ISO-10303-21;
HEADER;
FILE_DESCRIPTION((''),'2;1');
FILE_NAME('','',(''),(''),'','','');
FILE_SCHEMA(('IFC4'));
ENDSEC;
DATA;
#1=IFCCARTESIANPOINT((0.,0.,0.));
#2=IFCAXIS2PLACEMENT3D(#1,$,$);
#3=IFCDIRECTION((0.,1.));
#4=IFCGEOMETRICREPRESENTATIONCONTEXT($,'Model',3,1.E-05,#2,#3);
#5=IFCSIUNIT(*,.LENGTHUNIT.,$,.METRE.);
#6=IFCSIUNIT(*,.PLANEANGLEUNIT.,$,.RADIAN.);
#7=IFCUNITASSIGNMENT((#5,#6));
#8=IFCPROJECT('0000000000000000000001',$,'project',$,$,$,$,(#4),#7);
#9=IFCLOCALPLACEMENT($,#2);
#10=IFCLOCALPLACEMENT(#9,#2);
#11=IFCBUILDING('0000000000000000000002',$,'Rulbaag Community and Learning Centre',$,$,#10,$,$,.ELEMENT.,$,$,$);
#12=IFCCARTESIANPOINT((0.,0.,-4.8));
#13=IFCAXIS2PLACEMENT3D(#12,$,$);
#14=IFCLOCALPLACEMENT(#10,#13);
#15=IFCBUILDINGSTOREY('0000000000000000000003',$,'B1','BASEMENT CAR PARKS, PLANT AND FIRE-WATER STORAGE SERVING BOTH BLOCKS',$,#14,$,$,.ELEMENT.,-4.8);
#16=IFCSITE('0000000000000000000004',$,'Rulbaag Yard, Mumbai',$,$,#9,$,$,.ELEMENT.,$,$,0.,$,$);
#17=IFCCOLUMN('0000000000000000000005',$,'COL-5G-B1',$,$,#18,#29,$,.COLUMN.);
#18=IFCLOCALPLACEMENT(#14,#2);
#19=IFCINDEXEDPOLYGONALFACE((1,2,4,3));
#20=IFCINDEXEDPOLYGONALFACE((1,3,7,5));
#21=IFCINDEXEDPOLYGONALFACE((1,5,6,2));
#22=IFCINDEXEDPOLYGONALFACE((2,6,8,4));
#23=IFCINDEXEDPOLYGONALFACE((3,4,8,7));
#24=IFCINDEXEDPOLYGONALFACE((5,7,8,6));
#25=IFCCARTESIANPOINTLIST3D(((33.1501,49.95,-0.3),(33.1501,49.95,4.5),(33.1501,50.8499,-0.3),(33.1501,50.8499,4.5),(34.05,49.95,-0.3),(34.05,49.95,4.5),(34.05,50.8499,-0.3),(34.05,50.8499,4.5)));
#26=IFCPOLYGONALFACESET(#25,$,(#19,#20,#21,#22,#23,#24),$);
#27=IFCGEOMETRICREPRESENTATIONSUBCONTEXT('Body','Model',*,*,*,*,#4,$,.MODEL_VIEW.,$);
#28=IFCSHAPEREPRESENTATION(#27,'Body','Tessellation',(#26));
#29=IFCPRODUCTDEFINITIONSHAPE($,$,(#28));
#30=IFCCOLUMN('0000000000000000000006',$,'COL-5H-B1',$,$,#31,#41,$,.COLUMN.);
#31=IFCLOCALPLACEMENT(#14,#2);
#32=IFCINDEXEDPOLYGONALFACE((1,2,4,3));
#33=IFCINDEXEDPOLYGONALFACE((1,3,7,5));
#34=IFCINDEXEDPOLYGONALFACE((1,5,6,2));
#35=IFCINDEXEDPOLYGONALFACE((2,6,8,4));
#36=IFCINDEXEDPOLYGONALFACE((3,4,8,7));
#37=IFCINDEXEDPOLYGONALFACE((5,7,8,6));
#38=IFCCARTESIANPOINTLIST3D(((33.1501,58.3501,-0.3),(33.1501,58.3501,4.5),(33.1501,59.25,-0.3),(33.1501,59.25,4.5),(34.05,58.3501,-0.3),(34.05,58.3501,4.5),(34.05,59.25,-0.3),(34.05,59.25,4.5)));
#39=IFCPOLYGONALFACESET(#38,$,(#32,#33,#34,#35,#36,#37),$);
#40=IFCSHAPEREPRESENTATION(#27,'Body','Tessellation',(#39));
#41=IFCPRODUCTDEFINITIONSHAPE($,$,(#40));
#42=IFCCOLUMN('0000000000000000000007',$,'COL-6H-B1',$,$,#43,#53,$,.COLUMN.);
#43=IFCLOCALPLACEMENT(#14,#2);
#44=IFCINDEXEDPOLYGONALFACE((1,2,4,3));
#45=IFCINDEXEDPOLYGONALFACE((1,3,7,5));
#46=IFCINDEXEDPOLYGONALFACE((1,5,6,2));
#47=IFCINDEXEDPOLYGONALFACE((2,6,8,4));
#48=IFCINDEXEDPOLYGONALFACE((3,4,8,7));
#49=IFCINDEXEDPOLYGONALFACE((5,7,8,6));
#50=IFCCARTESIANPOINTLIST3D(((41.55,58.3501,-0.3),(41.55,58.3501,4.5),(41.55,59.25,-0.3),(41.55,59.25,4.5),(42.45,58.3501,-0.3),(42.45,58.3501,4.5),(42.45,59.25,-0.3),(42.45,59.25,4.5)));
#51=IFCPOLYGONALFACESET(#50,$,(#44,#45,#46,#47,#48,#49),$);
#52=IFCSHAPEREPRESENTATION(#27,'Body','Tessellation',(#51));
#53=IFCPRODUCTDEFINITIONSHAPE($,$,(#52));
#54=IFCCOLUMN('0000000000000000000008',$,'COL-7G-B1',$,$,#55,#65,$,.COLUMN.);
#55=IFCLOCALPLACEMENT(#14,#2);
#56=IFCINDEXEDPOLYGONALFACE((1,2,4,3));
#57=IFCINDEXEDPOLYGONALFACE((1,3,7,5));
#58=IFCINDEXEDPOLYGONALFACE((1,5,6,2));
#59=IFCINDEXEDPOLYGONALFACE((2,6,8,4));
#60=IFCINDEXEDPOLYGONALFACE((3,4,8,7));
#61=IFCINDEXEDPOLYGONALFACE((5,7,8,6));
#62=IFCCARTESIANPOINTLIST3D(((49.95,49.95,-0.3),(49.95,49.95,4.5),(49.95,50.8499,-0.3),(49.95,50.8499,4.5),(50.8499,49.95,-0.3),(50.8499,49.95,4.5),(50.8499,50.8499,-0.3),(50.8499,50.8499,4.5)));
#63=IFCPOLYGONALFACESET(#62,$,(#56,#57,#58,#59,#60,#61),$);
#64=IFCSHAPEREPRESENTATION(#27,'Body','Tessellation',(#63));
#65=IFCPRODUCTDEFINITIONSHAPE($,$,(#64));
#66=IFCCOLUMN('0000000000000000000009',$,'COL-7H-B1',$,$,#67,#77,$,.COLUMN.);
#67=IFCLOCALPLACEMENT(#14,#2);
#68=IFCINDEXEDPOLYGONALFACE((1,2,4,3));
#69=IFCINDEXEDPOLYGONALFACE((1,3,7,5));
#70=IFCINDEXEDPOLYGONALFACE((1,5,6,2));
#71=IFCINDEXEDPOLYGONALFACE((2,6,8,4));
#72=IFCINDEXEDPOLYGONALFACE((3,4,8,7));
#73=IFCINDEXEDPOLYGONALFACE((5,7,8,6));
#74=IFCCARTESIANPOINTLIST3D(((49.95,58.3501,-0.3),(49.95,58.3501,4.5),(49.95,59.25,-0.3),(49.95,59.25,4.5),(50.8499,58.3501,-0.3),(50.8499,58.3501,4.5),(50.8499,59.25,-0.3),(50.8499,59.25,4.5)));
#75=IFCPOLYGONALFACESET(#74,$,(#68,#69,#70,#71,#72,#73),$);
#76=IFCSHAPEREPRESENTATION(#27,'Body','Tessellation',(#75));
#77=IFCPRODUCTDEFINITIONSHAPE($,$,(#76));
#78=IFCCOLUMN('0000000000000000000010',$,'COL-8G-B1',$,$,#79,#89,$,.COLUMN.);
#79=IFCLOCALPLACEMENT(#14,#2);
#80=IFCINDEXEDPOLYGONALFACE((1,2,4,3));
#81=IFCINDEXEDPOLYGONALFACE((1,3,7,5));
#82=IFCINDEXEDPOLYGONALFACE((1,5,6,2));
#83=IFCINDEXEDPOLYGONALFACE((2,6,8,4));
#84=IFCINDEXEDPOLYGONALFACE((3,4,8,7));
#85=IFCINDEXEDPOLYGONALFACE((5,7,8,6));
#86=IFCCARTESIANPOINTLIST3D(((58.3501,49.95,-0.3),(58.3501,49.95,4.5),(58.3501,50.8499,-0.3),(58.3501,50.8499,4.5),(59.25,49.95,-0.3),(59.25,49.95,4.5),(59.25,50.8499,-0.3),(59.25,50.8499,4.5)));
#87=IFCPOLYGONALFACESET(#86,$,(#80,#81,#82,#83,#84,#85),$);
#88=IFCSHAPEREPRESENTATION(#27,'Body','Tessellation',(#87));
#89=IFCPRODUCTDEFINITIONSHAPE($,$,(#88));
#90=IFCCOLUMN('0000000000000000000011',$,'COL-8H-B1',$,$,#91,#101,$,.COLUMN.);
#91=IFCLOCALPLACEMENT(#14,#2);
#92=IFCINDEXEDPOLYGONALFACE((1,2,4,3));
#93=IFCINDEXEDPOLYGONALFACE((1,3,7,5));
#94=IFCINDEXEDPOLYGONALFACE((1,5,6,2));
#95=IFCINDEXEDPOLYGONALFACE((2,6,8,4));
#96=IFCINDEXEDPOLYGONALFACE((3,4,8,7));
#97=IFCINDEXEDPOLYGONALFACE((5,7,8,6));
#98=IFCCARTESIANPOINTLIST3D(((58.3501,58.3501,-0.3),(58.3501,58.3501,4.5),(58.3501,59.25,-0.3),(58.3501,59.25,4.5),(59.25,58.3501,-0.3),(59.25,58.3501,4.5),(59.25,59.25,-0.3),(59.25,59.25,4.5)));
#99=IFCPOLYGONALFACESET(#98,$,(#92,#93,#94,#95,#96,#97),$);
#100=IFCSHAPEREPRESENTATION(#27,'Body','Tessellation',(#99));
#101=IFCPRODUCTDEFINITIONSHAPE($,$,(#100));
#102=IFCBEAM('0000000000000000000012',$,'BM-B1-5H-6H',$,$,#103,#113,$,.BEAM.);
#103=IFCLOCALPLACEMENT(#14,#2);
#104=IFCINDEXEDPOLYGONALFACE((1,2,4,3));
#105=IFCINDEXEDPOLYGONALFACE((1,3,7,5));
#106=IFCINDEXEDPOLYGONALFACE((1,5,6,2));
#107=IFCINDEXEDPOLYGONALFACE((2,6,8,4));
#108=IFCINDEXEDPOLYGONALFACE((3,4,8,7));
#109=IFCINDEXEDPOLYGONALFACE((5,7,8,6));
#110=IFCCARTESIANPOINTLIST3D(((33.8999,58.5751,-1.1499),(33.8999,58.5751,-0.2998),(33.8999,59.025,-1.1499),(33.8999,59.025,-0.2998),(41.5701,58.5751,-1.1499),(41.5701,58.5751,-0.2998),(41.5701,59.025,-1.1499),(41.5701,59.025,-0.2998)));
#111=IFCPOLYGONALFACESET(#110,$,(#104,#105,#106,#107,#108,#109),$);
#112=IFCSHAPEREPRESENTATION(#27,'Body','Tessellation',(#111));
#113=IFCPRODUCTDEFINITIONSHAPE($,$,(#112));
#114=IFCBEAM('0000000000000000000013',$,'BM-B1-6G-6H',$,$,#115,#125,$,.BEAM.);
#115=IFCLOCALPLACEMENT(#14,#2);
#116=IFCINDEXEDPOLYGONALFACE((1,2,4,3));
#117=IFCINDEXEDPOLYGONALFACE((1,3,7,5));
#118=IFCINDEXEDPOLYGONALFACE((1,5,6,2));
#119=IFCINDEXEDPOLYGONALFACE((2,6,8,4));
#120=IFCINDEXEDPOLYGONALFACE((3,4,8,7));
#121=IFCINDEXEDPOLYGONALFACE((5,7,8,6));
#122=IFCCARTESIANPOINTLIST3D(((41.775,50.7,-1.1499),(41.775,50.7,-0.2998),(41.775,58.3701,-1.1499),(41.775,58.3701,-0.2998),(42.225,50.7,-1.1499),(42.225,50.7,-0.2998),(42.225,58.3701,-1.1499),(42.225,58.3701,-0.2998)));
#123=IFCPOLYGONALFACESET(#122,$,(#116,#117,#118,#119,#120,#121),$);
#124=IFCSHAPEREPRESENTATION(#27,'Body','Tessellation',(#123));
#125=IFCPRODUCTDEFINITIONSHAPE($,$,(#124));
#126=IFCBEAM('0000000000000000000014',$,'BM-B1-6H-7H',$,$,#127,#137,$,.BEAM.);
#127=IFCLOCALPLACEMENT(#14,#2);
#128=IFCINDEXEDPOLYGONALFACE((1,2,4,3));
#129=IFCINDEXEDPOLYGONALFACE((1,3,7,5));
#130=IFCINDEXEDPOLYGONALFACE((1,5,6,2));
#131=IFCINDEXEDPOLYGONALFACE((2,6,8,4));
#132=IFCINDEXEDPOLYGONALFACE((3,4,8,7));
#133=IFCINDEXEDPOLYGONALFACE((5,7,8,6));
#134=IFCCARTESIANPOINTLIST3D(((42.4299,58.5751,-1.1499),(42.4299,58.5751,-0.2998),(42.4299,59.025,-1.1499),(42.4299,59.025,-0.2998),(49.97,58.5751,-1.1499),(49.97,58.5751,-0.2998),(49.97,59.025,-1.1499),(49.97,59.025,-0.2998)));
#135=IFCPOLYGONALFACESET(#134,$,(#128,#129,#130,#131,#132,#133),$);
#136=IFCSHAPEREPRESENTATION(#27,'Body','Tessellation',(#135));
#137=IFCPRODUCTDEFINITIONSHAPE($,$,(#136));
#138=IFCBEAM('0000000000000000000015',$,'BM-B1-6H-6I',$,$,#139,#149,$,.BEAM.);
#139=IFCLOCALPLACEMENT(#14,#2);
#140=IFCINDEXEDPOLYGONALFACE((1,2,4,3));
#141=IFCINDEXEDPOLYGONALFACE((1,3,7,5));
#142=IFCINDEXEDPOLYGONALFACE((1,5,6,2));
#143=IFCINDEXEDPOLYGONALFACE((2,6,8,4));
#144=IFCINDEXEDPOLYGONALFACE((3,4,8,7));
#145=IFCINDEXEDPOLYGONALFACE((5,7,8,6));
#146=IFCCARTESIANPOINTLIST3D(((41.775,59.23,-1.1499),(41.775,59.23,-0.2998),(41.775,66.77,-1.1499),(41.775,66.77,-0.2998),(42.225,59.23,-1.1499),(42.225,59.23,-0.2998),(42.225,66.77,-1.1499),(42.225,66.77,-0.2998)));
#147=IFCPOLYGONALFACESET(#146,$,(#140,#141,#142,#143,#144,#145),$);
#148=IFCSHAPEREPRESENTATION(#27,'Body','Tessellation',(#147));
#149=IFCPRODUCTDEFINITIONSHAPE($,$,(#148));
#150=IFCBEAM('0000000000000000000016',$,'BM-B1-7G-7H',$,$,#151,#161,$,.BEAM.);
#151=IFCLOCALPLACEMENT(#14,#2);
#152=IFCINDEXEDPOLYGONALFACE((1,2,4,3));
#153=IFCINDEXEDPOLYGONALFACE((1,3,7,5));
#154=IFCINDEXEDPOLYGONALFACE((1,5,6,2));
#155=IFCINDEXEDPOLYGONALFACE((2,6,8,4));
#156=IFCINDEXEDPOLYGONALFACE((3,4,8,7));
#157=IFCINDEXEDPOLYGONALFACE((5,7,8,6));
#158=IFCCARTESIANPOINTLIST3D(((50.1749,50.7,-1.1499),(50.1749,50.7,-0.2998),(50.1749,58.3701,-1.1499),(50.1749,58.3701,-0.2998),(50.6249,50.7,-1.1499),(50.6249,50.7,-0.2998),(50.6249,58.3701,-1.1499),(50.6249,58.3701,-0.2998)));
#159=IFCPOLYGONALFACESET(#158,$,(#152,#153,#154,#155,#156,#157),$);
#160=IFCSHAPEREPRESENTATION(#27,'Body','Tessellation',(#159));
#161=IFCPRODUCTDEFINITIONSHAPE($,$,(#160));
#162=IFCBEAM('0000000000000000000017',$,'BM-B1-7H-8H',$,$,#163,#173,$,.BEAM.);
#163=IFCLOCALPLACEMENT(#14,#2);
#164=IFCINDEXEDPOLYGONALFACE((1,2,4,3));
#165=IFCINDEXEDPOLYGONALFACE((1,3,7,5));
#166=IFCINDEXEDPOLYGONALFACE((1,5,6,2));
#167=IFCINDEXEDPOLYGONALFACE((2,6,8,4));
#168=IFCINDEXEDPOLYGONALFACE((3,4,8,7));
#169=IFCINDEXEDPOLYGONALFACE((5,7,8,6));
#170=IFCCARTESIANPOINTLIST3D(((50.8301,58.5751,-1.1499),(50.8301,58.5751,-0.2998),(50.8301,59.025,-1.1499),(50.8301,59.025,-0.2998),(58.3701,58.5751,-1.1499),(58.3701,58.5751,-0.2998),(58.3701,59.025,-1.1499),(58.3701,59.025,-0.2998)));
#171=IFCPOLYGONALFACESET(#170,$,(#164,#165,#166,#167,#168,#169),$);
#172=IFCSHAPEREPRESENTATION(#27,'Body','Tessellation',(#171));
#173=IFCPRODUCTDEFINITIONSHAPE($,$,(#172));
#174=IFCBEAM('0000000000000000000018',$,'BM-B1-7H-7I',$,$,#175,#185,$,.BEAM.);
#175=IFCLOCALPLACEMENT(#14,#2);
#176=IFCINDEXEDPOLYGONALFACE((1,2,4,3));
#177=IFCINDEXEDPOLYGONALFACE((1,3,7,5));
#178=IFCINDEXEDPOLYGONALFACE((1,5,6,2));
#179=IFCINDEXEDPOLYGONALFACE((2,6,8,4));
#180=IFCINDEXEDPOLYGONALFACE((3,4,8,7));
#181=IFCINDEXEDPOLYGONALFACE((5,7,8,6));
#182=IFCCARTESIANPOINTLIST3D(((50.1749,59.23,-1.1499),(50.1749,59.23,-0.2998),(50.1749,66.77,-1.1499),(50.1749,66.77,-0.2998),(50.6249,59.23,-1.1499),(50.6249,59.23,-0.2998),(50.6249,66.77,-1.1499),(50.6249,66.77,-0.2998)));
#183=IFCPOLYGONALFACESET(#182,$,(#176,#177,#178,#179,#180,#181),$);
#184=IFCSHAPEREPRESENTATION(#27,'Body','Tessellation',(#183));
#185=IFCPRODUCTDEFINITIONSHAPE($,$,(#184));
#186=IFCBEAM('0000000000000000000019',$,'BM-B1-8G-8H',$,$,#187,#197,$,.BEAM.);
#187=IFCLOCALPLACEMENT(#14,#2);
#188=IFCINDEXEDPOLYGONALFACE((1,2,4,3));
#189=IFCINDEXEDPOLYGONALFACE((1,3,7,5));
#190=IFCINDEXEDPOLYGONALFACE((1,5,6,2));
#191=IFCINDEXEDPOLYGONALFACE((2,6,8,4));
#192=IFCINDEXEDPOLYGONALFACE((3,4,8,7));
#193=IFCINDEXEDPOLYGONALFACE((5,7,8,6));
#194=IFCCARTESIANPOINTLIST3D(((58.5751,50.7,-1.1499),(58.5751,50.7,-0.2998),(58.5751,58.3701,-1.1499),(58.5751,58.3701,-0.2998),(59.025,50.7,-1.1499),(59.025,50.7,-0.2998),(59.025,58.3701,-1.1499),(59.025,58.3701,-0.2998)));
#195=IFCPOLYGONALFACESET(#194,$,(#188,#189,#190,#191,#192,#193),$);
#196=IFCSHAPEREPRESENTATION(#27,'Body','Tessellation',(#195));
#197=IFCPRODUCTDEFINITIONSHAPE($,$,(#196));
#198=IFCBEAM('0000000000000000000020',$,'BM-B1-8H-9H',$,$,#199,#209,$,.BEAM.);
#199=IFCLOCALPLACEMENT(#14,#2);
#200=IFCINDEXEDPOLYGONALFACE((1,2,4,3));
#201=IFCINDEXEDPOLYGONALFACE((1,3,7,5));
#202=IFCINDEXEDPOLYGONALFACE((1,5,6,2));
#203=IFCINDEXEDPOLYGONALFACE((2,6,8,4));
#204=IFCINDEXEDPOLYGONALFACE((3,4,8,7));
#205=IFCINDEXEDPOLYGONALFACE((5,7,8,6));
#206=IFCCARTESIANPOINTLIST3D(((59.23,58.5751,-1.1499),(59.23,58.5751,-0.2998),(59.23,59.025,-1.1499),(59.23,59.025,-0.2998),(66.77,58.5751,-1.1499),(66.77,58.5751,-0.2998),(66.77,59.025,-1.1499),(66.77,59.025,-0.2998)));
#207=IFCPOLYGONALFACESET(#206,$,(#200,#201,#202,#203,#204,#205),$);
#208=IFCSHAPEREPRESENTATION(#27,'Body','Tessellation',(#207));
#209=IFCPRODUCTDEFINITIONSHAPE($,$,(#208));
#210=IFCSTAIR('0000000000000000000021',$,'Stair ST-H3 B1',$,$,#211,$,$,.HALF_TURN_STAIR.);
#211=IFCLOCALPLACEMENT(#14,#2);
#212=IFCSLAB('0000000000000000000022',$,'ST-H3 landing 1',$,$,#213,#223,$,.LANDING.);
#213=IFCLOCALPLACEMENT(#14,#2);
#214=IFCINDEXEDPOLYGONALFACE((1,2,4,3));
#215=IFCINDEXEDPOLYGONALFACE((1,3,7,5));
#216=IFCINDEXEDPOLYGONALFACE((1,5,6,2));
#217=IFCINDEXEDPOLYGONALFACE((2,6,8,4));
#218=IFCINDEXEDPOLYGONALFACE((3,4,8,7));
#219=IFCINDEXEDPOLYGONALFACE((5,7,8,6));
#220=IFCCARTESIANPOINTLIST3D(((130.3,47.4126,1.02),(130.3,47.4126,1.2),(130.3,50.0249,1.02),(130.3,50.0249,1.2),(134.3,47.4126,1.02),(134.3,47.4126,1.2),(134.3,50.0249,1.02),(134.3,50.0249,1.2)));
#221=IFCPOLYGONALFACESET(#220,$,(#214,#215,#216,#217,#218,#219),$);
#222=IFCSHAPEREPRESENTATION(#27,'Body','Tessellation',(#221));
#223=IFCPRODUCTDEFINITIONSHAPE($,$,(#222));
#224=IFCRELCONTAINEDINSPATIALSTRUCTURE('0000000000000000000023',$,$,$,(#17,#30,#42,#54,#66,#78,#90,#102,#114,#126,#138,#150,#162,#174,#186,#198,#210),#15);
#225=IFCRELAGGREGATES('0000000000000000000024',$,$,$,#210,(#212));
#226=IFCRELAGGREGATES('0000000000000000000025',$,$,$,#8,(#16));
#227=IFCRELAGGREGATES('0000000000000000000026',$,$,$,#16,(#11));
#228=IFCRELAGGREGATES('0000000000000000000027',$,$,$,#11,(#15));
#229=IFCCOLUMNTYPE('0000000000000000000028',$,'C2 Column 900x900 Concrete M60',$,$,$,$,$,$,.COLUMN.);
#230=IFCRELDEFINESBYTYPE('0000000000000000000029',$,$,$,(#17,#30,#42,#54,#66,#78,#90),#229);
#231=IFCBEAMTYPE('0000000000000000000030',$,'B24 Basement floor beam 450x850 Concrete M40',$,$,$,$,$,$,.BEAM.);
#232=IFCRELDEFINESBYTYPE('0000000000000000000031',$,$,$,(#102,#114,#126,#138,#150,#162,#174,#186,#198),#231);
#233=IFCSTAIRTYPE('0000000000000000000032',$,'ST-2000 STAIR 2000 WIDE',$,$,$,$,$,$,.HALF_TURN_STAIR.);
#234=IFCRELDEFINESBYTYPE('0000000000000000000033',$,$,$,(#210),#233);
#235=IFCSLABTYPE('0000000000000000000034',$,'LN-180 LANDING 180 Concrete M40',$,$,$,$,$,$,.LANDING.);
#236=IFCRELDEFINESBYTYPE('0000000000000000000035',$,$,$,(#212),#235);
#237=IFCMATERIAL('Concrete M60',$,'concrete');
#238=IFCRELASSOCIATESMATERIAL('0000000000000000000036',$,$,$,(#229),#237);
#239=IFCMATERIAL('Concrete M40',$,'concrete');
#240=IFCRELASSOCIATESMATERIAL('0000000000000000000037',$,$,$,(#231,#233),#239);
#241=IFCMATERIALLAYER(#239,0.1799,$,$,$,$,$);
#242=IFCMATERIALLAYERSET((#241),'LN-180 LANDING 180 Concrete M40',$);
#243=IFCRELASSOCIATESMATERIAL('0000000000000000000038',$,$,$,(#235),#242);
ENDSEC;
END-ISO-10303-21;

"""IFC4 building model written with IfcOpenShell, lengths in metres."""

from ifc_helpers import new_model, si_unit, direction, frame, origin, origin_2d, place, context, subcontext, project, spatial, polyline, rectangle, outline, extrude, material, layer, layer_set, material_profile, profile_set, type_object, element, aggregate, save


model = new_model("IFC4")

# Units and contexts
model_context = context("Model", 3, precision=1e-05, world=origin(), true_north=direction((0.0, 1.0)))
body_context = subcontext(model_context, "Body", "Model", "MODEL_VIEW")
ifc_project = project(units=[si_unit("LENGTHUNIT", "METRE"), si_unit("PLANEANGLEUNIT", "RADIAN")], contexts=[model_context])

# Site, building, storey
site_placement = place(None, origin())
site = spatial("IfcSite", under=ifc_project, at=site_placement, Name="Rulbaag Yard, Mumbai", CompositionType="ELEMENT", RefElevation=0.0)
building_placement = place(site_placement, origin())
building = spatial("IfcBuilding", under=site, at=building_placement, Name="Rulbaag Community and Learning Centre", CompositionType="ELEMENT")
storey_placement = place(building_placement, frame((0.0, 0.0, -4.8)))
storey = spatial("IfcBuildingStorey", under=building, at=storey_placement, Name="B1", Description="BASEMENT CAR PARKS, PLANT AND FIRE-WATER STORAGE SERVING BOTH BLOCKS", CompositionType="ELEMENT", Elevation=-4.8)

# Columns
ifc_material_1 = material(Name="Concrete M60", Category="concrete")
ifc_material_profile_1 = material_profile(ifc_material_1, rectangle(XDim=0.8999, YDim=0.8999, at=origin_2d()), Name="RC900x900")
ifc_profile_set_1 = profile_set([ifc_material_profile_1], Name="Concrete M60")
column_type = type_object("IfcColumnType", Name="C2 Column 900x900 Concrete M60", PredefinedType="COLUMN", material=ifc_profile_set_1)
for number, where, z_axis, x_axis, name in (
    (1, (33.6001, 50.3999, -0.3), (0.0, 0.0, 1.0), (1.0, 0.0, 0.0), "COL-5G-B1"),
    (2, (33.6001, 58.8, -0.3), (0.0, 0.0, 1.0), (1.0, 0.0, 0.0), "COL-5H-B1"),
    (3, (42.0, 58.8, -0.3), (0.0, 0.0, 1.0), (1.0, 0.0, 0.0), "COL-6H-B1"),
    (4, (50.3999, 50.3999, -0.3), (0.0, 0.0, 1.0), (1.0, 0.0, 0.0), "COL-7G-B1"),
    (5, (50.3999, 58.8, -0.3), (0.0, 0.0, 1.0), (1.0, 0.0, 0.0), "COL-7H-B1"),
    (6, (58.8, 50.3999, -0.3), (0.0, 0.0, 1.0), (1.0, 0.0, 0.0), "COL-8G-B1"),
    (7, (58.8, 58.8, -0.3), (0.0, 0.0, 1.0), (1.0, 0.0, 0.0), "COL-8H-B1"),
):
    element("IfcColumn", number, at=place(storey_placement, frame(where, z_axis=z_axis, x_axis=x_axis)), inside=storey, type_object=column_type, Name=name, PredefinedType="COLUMN", context=body_context, shape_type="SweptSolid", body=[
        extrude(rectangle(XDim=0.8999, YDim=0.8999, at=origin_2d()), origin(), (0.0, 0.0, 1.0), 4.8),
    ])

# Beams
ifc_material_2 = material(Name="Concrete M40", Category="concrete")
ifc_material_profile_2 = material_profile(ifc_material_2, rectangle(XDim=0.45, YDim=0.8501, at=origin_2d()), Name="RB450x850")
ifc_profile_set_2 = profile_set([ifc_material_profile_2], Name="Concrete M40")
beam_type = type_object("IfcBeamType", Name="B24 Basement floor beam 450x850 Concrete M40", PredefinedType="BEAM", material=ifc_profile_set_2)
for number, where, z_axis, x_axis, name in (
    (8, (33.8999, 58.8, -0.7249), (1.0, 0.0, 0.0), (0.0, 1.0, 0.0), "BM-B1-5H-6H"),
    (9, (42.0, 50.7, -0.7249), (0.0, 1.0, 0.0), (-1.0, 0.0, 0.0), "BM-B1-6G-6H"),
):
    element("IfcBeam", number, at=place(storey_placement, frame(where, z_axis=z_axis, x_axis=x_axis)), inside=storey, type_object=beam_type, Name=name, PredefinedType="BEAM", context=body_context, shape_type="SweptSolid", body=[
        extrude(rectangle(XDim=0.45, YDim=0.8501, at=origin_2d()), origin(), (0.0, 0.0, 1.0), 7.6702),
    ])
for number, where, z_axis, x_axis, name in (
    (10, (42.4299, 58.8, -0.7249), (1.0, 0.0, 0.0), (0.0, 1.0, 0.0), "BM-B1-6H-7H"),
    (11, (42.0, 59.23, -0.7249), (0.0, 1.0, 0.0), (-1.0, 0.0, 0.0), "BM-B1-6H-6I"),
):
    element("IfcBeam", number, at=place(storey_placement, frame(where, z_axis=z_axis, x_axis=x_axis)), inside=storey, type_object=beam_type, Name=name, PredefinedType="BEAM", context=body_context, shape_type="SweptSolid", body=[
        extrude(rectangle(XDim=0.45, YDim=0.8501, at=origin_2d()), origin(), (0.0, 0.0, 1.0), 7.54),
    ])
beam_1_placement = place(storey_placement, frame((50.3999, 50.7, -0.7249), z_axis=(0.0, 1.0, 0.0), x_axis=(-1.0, 0.0, 0.0)))
element("IfcBeam", 12, at=beam_1_placement, inside=storey, type_object=beam_type, Name="BM-B1-7G-7H", PredefinedType="BEAM", context=body_context, shape_type="SweptSolid", body=[
    extrude(rectangle(XDim=0.45, YDim=0.8501, at=origin_2d()), origin(), (0.0, 0.0, 1.0), 7.6702),
])
for number, where, z_axis, x_axis, name in (
    (13, (50.8301, 58.8, -0.7249), (1.0, 0.0, 0.0), (0.0, 1.0, 0.0), "BM-B1-7H-8H"),
    (14, (50.3999, 59.23, -0.7249), (0.0, 1.0, 0.0), (-1.0, 0.0, 0.0), "BM-B1-7H-7I"),
):
    element("IfcBeam", number, at=place(storey_placement, frame(where, z_axis=z_axis, x_axis=x_axis)), inside=storey, type_object=beam_type, Name=name, PredefinedType="BEAM", context=body_context, shape_type="SweptSolid", body=[
        extrude(rectangle(XDim=0.45, YDim=0.8501, at=origin_2d()), origin(), (0.0, 0.0, 1.0), 7.54),
    ])
beam_2_placement = place(storey_placement, frame((58.8, 50.7, -0.7249), z_axis=(0.0, 1.0, 0.0), x_axis=(-1.0, 0.0, 0.0)))
element("IfcBeam", 15, at=beam_2_placement, inside=storey, type_object=beam_type, Name="BM-B1-8G-8H", PredefinedType="BEAM", context=body_context, shape_type="SweptSolid", body=[
    extrude(rectangle(XDim=0.45, YDim=0.8501, at=origin_2d()), origin(), (0.0, 0.0, 1.0), 7.6702),
])
beam_3_placement = place(storey_placement, frame((59.23, 58.8, -0.7249), z_axis=(1.0, 0.0, 0.0), x_axis=(0.0, 1.0, 0.0)))
element("IfcBeam", 16, at=beam_3_placement, inside=storey, type_object=beam_type, Name="BM-B1-8H-9H", PredefinedType="BEAM", context=body_context, shape_type="SweptSolid", body=[
    extrude(rectangle(XDim=0.45, YDim=0.8501, at=origin_2d()), origin(), (0.0, 0.0, 1.0), 7.54),
])

# Stair, slab
stair_type_1 = type_object("IfcStairType", Name="ST-2000 STAIR 2000 WIDE", PredefinedType="HALF_TURN_STAIR", material=ifc_material_2)
stair_1_placement = place(storey_placement, origin())
stair_1 = element("IfcStair", 17, at=stair_1_placement, inside=storey, type_object=stair_type_1, Name="Stair ST-H3 B1", PredefinedType="HALF_TURN_STAIR")
ifc_layer_1 = layer(ifc_material_2, 0.1799)
ifc_layer_set_1 = layer_set([ifc_layer_1], Name="LN-180 LANDING 180 Concrete M40")
slab_type_1 = type_object("IfcSlabType", Name="LN-180 LANDING 180 Concrete M40", PredefinedType="LANDING", material=ifc_layer_set_1)
slab_1_placement = place(storey_placement, frame((0.0, 0.0, 1.02)))
slab_1 = element("IfcSlab", 18, at=slab_1_placement, type_object=slab_type_1, Name="ST-H3 landing 1", PredefinedType="LANDING", context=body_context, shape_type="SweptSolid", body=[
    extrude(outline(polyline([(130.3, 47.4126), (130.3, 50.0249), (134.3, 50.0249), (134.3, 47.4126), (130.3, 47.4126)])), origin(), (0.0, 0.0, 1.0), 0.1799),
])
aggregate(stair_1, [slab_1])

save(model, "model.ifc")
